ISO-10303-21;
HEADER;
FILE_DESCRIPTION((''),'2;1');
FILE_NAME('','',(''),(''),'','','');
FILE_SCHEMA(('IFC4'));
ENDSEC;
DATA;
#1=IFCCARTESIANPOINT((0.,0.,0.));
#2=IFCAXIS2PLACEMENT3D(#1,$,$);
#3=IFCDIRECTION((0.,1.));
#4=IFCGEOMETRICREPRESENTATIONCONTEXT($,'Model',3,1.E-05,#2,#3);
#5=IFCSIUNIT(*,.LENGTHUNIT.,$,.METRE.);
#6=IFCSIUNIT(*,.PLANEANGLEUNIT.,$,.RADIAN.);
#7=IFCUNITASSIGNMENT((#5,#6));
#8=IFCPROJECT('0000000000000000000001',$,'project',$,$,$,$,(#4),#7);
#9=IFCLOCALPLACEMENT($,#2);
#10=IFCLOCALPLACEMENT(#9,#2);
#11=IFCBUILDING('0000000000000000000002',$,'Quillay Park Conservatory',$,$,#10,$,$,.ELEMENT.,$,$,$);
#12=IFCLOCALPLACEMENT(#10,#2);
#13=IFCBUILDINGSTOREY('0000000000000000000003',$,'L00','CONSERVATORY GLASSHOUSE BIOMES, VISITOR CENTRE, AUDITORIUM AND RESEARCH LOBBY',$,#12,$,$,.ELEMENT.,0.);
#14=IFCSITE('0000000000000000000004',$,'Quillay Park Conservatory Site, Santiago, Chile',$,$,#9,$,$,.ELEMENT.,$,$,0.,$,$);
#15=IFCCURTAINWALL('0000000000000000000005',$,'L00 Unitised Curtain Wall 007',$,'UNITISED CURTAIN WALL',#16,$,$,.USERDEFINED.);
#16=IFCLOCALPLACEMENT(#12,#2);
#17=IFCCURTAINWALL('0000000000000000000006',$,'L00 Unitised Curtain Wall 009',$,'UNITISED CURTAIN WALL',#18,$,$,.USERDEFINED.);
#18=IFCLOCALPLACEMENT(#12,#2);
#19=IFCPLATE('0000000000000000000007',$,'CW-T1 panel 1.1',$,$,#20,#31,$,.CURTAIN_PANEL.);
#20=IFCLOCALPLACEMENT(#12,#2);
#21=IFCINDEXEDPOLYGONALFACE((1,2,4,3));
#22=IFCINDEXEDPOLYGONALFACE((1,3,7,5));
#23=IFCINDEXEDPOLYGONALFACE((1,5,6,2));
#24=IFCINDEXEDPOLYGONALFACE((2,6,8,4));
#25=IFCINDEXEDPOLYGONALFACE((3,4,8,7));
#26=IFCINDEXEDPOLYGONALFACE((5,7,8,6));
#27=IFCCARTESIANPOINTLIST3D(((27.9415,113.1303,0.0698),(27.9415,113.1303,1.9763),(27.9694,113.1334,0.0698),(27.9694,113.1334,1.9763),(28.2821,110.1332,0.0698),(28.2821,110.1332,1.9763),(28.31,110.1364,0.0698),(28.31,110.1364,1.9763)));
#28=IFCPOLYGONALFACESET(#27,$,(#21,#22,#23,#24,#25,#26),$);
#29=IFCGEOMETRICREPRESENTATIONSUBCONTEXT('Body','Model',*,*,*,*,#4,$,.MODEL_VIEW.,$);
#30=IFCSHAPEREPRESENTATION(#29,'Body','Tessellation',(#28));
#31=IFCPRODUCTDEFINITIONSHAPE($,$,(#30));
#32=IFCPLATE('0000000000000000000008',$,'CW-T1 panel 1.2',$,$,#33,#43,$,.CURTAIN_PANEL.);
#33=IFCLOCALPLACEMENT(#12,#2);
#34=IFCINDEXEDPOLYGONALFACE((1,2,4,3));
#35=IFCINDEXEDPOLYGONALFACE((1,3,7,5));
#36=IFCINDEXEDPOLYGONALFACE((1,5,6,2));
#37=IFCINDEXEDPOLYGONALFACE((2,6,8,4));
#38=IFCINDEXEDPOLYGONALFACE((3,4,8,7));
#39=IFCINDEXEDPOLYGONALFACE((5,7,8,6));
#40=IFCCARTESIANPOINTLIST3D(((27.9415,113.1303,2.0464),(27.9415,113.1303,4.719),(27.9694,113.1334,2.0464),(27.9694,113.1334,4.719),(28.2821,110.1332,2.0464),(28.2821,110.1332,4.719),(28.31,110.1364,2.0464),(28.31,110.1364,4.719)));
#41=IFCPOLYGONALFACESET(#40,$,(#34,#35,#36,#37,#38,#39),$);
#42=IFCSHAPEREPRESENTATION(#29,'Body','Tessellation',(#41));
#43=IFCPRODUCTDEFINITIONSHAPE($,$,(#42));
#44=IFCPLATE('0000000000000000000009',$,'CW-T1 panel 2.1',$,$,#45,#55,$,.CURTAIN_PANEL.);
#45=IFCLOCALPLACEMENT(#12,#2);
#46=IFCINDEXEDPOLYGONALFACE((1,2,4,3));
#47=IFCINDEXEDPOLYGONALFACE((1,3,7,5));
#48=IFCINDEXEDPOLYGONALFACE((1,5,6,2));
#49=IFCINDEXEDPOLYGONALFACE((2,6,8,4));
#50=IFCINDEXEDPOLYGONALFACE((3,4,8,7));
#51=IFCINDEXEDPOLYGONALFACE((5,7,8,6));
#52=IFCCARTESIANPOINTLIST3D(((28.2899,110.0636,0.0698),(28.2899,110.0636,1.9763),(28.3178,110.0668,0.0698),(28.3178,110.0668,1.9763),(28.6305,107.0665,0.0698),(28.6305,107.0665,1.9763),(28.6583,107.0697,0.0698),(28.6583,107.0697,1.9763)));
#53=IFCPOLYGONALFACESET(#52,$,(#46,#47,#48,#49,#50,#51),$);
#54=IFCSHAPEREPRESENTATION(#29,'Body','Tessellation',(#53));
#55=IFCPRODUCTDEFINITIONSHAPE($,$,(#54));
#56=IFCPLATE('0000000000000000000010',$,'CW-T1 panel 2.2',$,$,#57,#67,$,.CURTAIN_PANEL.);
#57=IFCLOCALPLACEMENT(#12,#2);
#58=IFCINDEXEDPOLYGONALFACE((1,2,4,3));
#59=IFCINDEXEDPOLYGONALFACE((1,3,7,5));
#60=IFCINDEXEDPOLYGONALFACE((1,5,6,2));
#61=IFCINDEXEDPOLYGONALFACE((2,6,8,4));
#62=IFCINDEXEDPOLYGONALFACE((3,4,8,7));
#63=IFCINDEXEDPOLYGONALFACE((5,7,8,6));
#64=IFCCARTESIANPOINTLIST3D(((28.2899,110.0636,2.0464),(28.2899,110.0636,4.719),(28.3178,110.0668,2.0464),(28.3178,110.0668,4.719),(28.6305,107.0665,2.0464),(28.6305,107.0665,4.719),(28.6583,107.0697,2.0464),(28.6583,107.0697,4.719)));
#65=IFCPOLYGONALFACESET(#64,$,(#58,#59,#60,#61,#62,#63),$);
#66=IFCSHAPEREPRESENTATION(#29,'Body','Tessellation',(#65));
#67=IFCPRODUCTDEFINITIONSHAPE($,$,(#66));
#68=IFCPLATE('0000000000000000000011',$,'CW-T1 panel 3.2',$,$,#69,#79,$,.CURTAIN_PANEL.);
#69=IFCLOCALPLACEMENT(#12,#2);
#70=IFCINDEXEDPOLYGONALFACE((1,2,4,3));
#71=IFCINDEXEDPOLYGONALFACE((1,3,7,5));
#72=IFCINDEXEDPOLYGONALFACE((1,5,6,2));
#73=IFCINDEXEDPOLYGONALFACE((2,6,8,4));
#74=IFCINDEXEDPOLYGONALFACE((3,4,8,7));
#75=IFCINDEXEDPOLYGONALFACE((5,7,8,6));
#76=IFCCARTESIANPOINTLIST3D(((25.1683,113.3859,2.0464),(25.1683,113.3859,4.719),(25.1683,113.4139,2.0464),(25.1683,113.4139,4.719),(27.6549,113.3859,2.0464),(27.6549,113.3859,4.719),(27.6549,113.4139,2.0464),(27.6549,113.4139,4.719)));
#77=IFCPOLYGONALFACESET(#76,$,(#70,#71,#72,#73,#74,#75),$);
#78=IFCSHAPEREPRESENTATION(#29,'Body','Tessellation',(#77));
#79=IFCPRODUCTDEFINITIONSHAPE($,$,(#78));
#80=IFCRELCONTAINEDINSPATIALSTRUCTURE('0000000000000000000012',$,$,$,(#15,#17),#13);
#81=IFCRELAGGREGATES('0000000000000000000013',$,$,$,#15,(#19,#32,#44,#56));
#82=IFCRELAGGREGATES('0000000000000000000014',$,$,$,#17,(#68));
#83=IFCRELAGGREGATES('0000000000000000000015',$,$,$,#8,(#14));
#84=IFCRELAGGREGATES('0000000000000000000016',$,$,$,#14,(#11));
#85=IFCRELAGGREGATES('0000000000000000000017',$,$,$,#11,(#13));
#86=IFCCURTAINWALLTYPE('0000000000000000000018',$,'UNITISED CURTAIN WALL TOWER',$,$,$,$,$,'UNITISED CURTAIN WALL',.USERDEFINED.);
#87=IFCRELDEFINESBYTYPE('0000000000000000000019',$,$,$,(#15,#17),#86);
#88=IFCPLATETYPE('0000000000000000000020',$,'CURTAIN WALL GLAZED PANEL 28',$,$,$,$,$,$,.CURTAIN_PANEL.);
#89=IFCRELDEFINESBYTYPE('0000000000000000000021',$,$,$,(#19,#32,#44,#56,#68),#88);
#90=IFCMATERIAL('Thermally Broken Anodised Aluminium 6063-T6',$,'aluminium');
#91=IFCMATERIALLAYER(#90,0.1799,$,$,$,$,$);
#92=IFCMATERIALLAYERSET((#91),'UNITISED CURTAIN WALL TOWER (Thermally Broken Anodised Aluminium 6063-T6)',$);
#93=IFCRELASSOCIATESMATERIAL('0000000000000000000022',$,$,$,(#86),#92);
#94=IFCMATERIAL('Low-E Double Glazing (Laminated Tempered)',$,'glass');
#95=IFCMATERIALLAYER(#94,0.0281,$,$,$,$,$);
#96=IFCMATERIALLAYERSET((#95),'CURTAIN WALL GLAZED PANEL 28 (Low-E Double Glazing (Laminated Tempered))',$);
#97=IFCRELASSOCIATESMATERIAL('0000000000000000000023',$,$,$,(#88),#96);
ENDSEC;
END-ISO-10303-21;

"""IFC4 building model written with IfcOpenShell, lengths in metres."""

from ifc_helpers import new_model, si_unit, direction, frame, origin, origin_2d, place, context, subcontext, project, spatial, rectangle, extrude, material, layer, layer_set, type_object, element, aggregate, save


model = new_model("IFC4")

# Units and contexts
model_context = context("Model", 3, precision=1e-05, world=origin(), true_north=direction((0.0, 1.0)))
body_context = subcontext(model_context, "Body", "Model", "MODEL_VIEW")
ifc_project = project(units=[si_unit("LENGTHUNIT", "METRE"), si_unit("PLANEANGLEUNIT", "RADIAN")], contexts=[model_context])

# Site, building, storey
site_placement = place(None, origin())
site = spatial("IfcSite", under=ifc_project, at=site_placement, Name="Quillay Park Conservatory Site, Santiago, Chile", CompositionType="ELEMENT", RefElevation=0.0)
building_placement = place(site_placement, origin())
building = spatial("IfcBuilding", under=site, at=building_placement, Name="Quillay Park Conservatory", CompositionType="ELEMENT")
storey_placement = place(building_placement, origin())
storey = spatial("IfcBuildingStorey", under=building, at=storey_placement, Name="L00", Description="CONSERVATORY GLASSHOUSE BIOMES, VISITOR CENTRE, AUDITORIUM AND RESEARCH LOBBY", CompositionType="ELEMENT", Elevation=0.0)

# Shared definitions
ifc_material_1 = material(Name="Thermally Broken Anodised Aluminium 6063-T6", Category="aluminium")
ifc_layer_1 = layer(ifc_material_1, 0.1799)
ifc_layer_set_1 = layer_set([ifc_layer_1], Name="UNITISED CURTAIN WALL TOWER (Thermally Broken Anodised Aluminium 6063-T6)")
curtain_wall_type = type_object("IfcCurtainWallType", Name="UNITISED CURTAIN WALL TOWER", ElementType="UNITISED CURTAIN WALL", PredefinedType="USERDEFINED", material=ifc_layer_set_1)

# Curtain wall
curtain_wall_1_placement = place(storey_placement, origin())
curtain_wall_1 = element("IfcCurtainWall", 1, at=curtain_wall_1_placement, inside=storey, type_object=curtain_wall_type, Name="L00 Unitised Curtain Wall 007", ObjectType="UNITISED CURTAIN WALL", PredefinedType="USERDEFINED")

# Curtain wall
curtain_wall_2_placement = place(storey_placement, origin())
curtain_wall_2 = element("IfcCurtainWall", 2, at=curtain_wall_2_placement, inside=storey, type_object=curtain_wall_type, Name="L00 Unitised Curtain Wall 009", ObjectType="UNITISED CURTAIN WALL", PredefinedType="USERDEFINED")

# Plates
ifc_material_2 = material(Name="Low-E Double Glazing (Laminated Tempered)", Category="glass")
ifc_layer_2 = layer(ifc_material_2, 0.0281)
ifc_layer_set_2 = layer_set([ifc_layer_2], Name="CURTAIN WALL GLAZED PANEL 28 (Low-E Double Glazing (Laminated Tempered))")
plate_type = type_object("IfcPlateType", Name="CURTAIN WALL GLAZED PANEL 28", PredefinedType="CURTAIN_PANEL", material=ifc_layer_set_2)
plate_1_placement = place(storey_placement, frame((28.1257, 111.6333, 0.0698), z_axis=(0.0, 0.0, 1.0), x_axis=(0.112903, -0.993606, 0.0)))
plate_1 = element("IfcPlate", 3, at=plate_1_placement, type_object=plate_type, Name="CW-T1 panel 1.1", PredefinedType="CURTAIN_PANEL", context=body_context, shape_type="SweptSolid", body=[
    extrude(rectangle(XDim=3.0164, YDim=0.0281, at=origin_2d()), origin(), (0.0, 0.0, 1.0), 1.9065),
])
plate_2_placement = place(storey_placement, frame((28.1257, 111.6333, 2.0464), z_axis=(0.0, 0.0, 1.0), x_axis=(0.112903, -0.993606, 0.0)))
plate_2 = element("IfcPlate", 4, at=plate_2_placement, type_object=plate_type, Name="CW-T1 panel 1.2", PredefinedType="CURTAIN_PANEL", context=body_context, shape_type="SweptSolid", body=[
    extrude(rectangle(XDim=3.0164, YDim=0.0281, at=origin_2d()), origin(), (0.0, 0.0, 1.0), 2.6726),
])
plate_3_placement = place(storey_placement, frame((28.4741, 108.5667, 0.0698), z_axis=(0.0, 0.0, 1.0), x_axis=(0.112903, -0.993606, 0.0)))
plate_3 = element("IfcPlate", 5, at=plate_3_placement, type_object=plate_type, Name="CW-T1 panel 2.1", PredefinedType="CURTAIN_PANEL", context=body_context, shape_type="SweptSolid", body=[
    extrude(rectangle(XDim=3.0164, YDim=0.0281, at=origin_2d()), origin(), (0.0, 0.0, 1.0), 1.9065),
])
plate_4_placement = place(storey_placement, frame((28.4741, 108.5667, 2.0464), z_axis=(0.0, 0.0, 1.0), x_axis=(0.112903, -0.993606, 0.0)))
plate_4 = element("IfcPlate", 6, at=plate_4_placement, type_object=plate_type, Name="CW-T1 panel 2.2", PredefinedType="CURTAIN_PANEL", context=body_context, shape_type="SweptSolid", body=[
    extrude(rectangle(XDim=3.0164, YDim=0.0281, at=origin_2d()), origin(), (0.0, 0.0, 1.0), 2.6726),
])
aggregate(curtain_wall_1, [plate_1, plate_2, plate_3, plate_4])
plate_5_placement = place(storey_placement, frame((26.4116, 113.3999, 2.0464), z_axis=(0.0, 0.0, 1.0), x_axis=(1.0, 0.0, 0.0)))
plate_5 = element("IfcPlate", 7, at=plate_5_placement, type_object=plate_type, Name="CW-T1 panel 3.2", PredefinedType="CURTAIN_PANEL", context=body_context, shape_type="SweptSolid", body=[
    extrude(rectangle(XDim=2.4866, YDim=0.0281, at=origin_2d()), origin(), (0.0, 0.0, 1.0), 2.6726),
])
aggregate(curtain_wall_2, [plate_5])

save(model, "model.ifc")
